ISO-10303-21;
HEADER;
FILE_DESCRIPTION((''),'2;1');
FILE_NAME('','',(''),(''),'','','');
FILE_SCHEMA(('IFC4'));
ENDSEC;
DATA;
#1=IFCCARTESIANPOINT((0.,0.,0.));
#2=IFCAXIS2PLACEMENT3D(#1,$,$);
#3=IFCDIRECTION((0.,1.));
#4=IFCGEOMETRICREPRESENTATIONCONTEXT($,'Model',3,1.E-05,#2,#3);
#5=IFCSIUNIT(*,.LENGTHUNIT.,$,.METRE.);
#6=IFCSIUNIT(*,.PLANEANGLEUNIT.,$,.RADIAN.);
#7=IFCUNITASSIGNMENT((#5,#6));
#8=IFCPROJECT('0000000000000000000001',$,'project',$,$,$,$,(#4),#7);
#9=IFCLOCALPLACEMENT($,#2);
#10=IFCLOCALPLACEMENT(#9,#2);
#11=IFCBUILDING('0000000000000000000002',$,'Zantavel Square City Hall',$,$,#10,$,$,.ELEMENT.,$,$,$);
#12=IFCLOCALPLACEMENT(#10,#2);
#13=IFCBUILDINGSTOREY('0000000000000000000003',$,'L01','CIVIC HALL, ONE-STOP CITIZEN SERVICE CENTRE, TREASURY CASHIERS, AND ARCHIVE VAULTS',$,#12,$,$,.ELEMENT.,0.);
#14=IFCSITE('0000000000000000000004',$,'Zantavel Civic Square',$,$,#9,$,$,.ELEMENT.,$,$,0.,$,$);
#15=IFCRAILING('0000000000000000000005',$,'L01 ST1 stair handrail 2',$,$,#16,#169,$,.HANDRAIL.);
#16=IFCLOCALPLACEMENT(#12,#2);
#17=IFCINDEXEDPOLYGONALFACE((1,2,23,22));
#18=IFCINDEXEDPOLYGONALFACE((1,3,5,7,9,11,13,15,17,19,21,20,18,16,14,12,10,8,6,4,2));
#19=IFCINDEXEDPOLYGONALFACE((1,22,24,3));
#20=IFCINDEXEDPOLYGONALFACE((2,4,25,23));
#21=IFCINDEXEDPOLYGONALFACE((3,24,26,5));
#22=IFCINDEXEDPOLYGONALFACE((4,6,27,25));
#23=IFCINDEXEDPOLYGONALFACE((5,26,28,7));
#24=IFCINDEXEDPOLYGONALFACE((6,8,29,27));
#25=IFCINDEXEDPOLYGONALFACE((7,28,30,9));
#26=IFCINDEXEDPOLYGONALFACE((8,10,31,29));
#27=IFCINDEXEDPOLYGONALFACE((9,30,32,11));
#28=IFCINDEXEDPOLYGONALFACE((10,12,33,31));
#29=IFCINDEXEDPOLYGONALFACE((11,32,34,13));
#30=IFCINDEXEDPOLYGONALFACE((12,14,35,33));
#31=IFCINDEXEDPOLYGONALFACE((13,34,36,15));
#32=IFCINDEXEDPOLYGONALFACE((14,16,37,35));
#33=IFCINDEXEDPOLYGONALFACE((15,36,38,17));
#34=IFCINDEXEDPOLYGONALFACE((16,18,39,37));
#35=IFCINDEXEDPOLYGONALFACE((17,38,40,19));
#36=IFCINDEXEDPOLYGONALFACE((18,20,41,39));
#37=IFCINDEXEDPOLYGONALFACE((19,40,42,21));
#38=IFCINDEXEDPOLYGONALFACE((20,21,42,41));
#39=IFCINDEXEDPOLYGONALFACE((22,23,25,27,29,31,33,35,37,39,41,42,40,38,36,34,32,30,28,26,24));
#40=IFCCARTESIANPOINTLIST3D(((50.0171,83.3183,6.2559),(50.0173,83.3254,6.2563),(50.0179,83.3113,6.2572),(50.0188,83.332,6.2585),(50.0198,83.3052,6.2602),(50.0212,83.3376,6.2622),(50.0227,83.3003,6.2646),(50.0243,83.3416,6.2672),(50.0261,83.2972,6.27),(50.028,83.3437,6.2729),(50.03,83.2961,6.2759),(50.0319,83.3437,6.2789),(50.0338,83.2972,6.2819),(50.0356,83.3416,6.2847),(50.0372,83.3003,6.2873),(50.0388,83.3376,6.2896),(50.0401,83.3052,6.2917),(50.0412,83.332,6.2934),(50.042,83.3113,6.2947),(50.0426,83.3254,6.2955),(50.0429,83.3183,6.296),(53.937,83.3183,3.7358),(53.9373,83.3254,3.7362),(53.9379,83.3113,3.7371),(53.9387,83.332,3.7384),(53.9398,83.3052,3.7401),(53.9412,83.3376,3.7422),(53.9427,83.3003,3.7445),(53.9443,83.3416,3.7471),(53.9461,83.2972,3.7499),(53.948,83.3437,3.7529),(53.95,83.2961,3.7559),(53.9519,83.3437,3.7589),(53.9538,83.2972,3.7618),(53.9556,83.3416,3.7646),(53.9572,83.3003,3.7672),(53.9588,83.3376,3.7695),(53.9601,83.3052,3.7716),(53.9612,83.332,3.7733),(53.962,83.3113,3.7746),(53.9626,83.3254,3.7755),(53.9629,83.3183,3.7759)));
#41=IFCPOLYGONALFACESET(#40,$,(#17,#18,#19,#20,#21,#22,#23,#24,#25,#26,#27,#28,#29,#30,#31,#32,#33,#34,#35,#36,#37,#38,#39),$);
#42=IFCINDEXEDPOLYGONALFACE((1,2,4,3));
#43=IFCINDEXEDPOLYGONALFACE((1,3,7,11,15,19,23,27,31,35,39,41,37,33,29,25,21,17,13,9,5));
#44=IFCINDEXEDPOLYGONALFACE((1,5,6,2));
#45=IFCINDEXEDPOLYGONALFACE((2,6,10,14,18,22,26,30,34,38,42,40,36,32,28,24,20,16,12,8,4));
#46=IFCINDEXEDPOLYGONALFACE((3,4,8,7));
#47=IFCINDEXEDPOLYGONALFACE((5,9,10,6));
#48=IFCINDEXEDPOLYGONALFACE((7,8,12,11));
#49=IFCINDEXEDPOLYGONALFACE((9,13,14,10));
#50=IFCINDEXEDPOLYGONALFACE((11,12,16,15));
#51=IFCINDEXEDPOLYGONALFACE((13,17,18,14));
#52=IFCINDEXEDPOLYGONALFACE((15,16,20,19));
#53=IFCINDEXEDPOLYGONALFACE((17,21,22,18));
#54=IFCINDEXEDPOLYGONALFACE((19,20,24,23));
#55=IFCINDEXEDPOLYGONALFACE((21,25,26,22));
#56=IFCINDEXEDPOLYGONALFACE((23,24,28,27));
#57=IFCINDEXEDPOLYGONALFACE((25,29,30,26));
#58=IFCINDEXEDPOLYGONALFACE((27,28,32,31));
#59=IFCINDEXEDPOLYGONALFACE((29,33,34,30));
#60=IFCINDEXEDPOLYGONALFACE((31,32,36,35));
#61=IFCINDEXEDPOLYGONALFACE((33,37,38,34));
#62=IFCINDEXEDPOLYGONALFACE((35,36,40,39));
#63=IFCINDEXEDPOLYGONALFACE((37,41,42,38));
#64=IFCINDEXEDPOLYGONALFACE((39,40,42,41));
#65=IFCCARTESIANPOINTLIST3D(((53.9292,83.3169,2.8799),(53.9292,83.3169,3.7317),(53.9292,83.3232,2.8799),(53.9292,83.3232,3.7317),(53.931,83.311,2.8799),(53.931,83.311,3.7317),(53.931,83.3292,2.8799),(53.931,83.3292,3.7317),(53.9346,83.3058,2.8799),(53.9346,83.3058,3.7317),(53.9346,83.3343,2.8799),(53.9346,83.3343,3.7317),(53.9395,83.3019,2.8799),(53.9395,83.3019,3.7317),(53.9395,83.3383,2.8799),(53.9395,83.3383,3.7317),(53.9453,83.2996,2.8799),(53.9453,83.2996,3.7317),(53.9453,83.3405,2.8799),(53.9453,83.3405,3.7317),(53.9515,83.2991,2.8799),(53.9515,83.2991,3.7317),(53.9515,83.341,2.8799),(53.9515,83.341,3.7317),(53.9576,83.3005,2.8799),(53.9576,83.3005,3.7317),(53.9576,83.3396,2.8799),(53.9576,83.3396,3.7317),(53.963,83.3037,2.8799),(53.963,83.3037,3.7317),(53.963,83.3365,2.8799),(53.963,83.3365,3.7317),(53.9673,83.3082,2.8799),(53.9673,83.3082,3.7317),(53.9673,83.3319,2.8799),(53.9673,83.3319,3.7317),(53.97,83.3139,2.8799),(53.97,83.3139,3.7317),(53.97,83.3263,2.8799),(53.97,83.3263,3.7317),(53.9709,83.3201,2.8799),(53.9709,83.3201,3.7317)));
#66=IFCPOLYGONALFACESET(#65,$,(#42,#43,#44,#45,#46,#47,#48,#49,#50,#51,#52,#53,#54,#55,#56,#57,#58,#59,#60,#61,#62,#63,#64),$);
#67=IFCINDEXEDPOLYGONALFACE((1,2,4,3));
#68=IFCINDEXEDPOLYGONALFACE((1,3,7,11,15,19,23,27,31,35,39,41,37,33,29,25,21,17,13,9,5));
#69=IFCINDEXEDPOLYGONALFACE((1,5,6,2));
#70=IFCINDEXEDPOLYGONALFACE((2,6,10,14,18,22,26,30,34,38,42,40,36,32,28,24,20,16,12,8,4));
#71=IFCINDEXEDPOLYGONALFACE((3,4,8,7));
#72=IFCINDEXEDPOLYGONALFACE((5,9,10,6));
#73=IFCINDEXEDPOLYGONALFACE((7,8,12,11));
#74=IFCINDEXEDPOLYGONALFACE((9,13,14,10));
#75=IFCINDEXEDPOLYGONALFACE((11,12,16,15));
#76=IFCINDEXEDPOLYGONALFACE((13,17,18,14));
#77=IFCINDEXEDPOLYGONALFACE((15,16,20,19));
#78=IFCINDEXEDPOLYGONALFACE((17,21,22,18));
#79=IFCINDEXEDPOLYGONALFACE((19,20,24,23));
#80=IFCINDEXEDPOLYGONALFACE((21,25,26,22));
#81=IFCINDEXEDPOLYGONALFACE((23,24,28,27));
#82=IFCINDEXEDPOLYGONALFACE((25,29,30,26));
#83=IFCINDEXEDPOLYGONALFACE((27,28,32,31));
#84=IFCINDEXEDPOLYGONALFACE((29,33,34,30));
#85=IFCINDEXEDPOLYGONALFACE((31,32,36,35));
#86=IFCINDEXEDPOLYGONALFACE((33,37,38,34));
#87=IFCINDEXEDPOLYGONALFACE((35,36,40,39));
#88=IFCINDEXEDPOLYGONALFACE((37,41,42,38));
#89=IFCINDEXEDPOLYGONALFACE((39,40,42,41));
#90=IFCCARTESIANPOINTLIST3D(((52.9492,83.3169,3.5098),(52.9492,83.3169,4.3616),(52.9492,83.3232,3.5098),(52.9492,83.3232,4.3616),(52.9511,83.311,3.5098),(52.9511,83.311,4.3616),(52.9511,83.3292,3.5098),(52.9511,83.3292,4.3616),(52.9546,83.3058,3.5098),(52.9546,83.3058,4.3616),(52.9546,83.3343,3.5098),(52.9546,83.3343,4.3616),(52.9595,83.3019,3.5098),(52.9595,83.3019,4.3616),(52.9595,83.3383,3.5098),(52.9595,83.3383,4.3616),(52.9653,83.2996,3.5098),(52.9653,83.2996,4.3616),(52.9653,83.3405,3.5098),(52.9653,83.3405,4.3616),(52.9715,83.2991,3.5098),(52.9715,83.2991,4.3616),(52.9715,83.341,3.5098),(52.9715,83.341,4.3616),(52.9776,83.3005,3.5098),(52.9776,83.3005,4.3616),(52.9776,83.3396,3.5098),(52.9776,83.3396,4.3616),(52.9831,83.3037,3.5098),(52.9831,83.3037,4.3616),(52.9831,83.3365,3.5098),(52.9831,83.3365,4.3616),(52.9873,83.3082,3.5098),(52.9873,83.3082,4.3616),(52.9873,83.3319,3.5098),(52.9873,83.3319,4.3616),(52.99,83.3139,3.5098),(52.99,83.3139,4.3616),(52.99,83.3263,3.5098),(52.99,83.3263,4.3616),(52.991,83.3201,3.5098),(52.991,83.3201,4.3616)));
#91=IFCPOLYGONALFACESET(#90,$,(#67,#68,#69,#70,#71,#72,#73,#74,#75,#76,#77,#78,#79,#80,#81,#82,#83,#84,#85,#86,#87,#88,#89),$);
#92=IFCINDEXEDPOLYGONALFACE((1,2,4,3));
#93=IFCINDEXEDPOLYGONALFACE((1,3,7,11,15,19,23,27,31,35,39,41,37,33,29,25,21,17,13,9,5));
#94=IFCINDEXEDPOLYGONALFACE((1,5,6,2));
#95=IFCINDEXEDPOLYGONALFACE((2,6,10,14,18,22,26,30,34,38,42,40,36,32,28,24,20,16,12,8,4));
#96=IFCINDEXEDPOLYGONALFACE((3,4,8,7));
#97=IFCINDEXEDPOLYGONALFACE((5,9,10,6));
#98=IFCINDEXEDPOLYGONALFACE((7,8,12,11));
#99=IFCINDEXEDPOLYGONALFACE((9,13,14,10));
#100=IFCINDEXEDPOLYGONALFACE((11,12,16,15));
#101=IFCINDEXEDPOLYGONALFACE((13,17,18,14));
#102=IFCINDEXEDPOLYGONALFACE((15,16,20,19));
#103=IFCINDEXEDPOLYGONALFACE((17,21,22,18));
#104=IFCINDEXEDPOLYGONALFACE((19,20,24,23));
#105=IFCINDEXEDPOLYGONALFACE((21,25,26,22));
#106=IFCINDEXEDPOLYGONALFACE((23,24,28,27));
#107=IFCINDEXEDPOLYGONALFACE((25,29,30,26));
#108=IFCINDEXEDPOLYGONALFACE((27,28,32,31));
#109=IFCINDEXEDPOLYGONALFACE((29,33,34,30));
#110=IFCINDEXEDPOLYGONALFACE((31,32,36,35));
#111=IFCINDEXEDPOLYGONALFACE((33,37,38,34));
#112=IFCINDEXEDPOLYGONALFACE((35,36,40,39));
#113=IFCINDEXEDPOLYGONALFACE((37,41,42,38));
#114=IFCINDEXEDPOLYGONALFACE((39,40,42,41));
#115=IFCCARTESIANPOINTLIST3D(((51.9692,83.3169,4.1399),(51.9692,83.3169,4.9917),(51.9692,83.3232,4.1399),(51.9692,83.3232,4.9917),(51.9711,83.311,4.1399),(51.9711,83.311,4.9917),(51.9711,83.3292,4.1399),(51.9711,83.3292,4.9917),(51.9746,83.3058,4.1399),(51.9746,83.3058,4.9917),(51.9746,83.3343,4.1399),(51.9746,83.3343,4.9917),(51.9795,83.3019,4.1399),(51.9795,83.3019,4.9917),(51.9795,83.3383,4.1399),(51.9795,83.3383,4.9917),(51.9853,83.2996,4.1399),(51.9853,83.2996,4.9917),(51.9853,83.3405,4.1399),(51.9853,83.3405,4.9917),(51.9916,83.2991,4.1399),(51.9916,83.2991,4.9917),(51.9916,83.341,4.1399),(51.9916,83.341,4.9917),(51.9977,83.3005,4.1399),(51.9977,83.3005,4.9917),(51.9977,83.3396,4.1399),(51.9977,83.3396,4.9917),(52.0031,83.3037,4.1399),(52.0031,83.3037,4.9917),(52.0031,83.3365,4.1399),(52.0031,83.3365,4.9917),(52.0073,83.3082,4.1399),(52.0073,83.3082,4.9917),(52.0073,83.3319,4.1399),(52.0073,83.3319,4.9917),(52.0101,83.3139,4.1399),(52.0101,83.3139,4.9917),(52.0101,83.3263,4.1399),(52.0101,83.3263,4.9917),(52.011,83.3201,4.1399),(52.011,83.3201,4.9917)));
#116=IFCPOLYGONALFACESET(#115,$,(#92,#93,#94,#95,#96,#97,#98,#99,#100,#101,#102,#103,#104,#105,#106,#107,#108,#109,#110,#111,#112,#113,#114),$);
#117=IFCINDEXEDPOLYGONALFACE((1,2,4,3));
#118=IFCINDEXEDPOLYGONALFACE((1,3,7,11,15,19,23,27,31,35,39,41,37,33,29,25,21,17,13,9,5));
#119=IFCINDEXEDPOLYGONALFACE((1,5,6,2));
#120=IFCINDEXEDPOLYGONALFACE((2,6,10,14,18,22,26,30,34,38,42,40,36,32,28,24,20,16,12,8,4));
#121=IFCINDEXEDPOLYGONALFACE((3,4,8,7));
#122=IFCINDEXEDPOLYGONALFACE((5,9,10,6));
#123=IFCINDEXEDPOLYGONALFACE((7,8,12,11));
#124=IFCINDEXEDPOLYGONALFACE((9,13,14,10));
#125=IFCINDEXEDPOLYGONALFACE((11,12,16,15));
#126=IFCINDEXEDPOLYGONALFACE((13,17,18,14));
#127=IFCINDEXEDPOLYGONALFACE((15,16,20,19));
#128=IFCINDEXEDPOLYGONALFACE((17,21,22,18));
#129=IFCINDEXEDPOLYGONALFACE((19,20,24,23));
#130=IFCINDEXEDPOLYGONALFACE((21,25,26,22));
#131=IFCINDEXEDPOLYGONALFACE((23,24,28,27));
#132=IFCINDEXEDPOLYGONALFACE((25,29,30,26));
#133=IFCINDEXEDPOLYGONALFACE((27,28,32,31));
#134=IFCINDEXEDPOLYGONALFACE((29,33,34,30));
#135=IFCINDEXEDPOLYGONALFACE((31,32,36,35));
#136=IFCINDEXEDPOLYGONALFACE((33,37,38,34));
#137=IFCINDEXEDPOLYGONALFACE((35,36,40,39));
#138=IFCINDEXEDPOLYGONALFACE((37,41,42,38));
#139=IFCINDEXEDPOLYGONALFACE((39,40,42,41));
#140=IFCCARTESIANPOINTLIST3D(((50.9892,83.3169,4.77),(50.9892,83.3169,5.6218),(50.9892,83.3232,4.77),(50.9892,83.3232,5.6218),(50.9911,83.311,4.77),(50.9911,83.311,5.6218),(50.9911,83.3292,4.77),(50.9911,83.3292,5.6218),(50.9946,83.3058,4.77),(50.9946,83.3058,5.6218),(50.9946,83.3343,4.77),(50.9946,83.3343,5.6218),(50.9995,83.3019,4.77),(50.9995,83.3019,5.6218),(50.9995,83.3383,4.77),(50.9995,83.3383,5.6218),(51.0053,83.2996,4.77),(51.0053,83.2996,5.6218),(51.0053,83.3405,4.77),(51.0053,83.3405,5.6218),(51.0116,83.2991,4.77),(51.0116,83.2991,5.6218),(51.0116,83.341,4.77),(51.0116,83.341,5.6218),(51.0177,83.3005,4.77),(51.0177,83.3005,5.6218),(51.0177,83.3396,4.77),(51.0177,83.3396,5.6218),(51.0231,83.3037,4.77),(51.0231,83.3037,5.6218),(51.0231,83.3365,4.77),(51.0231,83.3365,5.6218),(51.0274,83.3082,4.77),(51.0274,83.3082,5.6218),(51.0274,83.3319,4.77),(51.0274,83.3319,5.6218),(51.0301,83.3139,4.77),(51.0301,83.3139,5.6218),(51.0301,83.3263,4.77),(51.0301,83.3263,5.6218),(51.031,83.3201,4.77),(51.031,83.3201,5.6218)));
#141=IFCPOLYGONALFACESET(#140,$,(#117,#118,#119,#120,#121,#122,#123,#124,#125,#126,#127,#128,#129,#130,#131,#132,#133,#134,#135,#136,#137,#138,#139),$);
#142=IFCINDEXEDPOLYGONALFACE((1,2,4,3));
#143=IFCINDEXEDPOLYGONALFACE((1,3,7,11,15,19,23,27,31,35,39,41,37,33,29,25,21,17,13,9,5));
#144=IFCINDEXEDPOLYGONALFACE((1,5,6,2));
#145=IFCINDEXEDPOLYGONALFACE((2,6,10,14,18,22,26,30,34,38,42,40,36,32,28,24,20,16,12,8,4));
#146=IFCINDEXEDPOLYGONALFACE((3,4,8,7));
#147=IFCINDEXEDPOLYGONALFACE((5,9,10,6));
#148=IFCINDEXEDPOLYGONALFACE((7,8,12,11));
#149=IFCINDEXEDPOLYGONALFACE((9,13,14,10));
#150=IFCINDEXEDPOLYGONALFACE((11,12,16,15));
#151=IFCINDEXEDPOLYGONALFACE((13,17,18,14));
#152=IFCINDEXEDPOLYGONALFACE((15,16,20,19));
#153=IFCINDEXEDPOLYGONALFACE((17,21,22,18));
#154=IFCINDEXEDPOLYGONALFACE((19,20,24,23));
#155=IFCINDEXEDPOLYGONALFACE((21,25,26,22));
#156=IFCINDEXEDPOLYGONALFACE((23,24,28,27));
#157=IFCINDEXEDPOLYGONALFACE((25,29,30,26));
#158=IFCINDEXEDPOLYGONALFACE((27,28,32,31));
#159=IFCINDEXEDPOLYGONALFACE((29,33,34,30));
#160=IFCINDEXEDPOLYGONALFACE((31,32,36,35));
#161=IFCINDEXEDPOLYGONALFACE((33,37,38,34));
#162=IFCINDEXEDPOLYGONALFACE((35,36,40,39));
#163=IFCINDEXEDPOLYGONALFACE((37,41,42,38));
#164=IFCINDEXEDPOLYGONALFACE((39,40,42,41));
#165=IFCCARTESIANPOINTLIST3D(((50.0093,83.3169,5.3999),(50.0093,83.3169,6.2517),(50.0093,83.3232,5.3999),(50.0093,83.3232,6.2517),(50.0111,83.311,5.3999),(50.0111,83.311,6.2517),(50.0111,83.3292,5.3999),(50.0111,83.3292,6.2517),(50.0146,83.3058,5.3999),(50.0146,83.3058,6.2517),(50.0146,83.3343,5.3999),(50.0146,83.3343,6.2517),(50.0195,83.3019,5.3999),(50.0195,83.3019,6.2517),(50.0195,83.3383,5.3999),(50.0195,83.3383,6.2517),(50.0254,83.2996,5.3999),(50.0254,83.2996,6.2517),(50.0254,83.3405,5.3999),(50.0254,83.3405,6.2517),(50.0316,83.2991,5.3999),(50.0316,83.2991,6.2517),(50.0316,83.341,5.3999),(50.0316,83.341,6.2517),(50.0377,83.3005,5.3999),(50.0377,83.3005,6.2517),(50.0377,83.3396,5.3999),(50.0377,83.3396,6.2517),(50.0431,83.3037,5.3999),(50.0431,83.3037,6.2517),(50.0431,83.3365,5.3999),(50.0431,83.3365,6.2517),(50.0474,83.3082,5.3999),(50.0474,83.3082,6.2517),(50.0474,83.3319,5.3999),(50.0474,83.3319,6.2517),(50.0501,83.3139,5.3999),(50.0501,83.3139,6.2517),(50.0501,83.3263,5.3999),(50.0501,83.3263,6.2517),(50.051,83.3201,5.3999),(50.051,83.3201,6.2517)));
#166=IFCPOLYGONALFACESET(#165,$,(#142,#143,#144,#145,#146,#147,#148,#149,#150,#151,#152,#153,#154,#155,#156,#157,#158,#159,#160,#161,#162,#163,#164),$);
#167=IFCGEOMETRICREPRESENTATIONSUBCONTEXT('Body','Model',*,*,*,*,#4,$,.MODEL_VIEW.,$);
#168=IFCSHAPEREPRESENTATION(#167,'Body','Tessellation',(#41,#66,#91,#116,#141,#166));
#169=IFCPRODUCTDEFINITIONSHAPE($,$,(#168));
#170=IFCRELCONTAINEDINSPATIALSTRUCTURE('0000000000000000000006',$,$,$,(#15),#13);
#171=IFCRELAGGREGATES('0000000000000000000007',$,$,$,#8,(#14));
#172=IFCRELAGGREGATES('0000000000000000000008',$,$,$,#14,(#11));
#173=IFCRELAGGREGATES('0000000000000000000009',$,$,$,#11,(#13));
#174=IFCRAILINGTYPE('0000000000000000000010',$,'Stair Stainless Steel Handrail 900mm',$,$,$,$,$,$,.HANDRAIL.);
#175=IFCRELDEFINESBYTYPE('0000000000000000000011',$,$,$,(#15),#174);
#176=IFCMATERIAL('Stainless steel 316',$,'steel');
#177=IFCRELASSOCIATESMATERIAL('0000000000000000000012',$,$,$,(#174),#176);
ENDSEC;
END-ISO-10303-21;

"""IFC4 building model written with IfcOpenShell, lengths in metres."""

from ifc_helpers import new_model, si_unit, direction, frame, origin, origin_2d, place, context, subcontext, project, spatial, circle, extrude, material, type_object, element, save


model = new_model("IFC4")

# Units and contexts
model_context = context("Model", 3, precision=1e-05, world=origin(), true_north=direction((0.0, 1.0)))
body_context = subcontext(model_context, "Body", "Model", "MODEL_VIEW")
ifc_project = project(units=[si_unit("LENGTHUNIT", "METRE"), si_unit("PLANEANGLEUNIT", "RADIAN")], contexts=[model_context])

# Site, building, storey
site_placement = place(None, origin())
site = spatial("IfcSite", under=ifc_project, at=site_placement, Name="Zantavel Civic Square", CompositionType="ELEMENT", RefElevation=0.0)
building_placement = place(site_placement, origin())
building = spatial("IfcBuilding", under=site, at=building_placement, Name="Zantavel Square City Hall", CompositionType="ELEMENT")
storey_placement = place(building_placement, origin())
storey = spatial("IfcBuildingStorey", under=building, at=storey_placement, Name="L01", Description="CIVIC HALL, ONE-STOP CITIZEN SERVICE CENTRE, TREASURY CASHIERS, AND ARCHIVE VAULTS", CompositionType="ELEMENT", Elevation=0.0)

# Railing
ifc_material_1 = material(Name="Stainless steel 316", Category="steel")
railing_type_1 = type_object("IfcRailingType", Name="Stair Stainless Steel Handrail 900mm", PredefinedType="HANDRAIL", material=ifc_material_1)
railing_1_placement = place(storey_placement, frame((53.95, 83.3201, 2.8799)))
element("IfcRailing", 1, at=railing_1_placement, inside=storey, type_object=railing_type_1, Name="L01 ST1 stair handrail 2", PredefinedType="HANDRAIL", context=body_context, shape_type="SweptSolid", body=[
    extrude(circle(Radius=0.0239, at=origin_2d()), frame((0.0, 0.0, 0.876), z_axis=(-0.841172, 0.0, 0.540768), x_axis=(0.0, -1.0, 0.0)), (0.0, 0.0, 1.0), 4.6602),
    extrude(circle(Radius=0.021, at=origin_2d()), origin(), (0.0, 0.0, 1.0), 0.8518),
    extrude(circle(Radius=0.021, at=origin_2d()), frame((-0.98, 0.0, 0.6299)), (0.0, 0.0, 1.0), 0.8518),
    extrude(circle(Radius=0.021, at=origin_2d()), frame((-1.96, 0.0, 1.26)), (0.0, 0.0, 1.0), 0.8518),
    extrude(circle(Radius=0.021, at=origin_2d()), frame((-2.9399, 0.0, 1.8901)), (0.0, 0.0, 1.0), 0.8518),
    extrude(circle(Radius=0.021, at=origin_2d()), frame((-3.9199, 0.0, 2.52)), (0.0, 0.0, 1.0), 0.8518),
])

save(model, "model.ifc")
